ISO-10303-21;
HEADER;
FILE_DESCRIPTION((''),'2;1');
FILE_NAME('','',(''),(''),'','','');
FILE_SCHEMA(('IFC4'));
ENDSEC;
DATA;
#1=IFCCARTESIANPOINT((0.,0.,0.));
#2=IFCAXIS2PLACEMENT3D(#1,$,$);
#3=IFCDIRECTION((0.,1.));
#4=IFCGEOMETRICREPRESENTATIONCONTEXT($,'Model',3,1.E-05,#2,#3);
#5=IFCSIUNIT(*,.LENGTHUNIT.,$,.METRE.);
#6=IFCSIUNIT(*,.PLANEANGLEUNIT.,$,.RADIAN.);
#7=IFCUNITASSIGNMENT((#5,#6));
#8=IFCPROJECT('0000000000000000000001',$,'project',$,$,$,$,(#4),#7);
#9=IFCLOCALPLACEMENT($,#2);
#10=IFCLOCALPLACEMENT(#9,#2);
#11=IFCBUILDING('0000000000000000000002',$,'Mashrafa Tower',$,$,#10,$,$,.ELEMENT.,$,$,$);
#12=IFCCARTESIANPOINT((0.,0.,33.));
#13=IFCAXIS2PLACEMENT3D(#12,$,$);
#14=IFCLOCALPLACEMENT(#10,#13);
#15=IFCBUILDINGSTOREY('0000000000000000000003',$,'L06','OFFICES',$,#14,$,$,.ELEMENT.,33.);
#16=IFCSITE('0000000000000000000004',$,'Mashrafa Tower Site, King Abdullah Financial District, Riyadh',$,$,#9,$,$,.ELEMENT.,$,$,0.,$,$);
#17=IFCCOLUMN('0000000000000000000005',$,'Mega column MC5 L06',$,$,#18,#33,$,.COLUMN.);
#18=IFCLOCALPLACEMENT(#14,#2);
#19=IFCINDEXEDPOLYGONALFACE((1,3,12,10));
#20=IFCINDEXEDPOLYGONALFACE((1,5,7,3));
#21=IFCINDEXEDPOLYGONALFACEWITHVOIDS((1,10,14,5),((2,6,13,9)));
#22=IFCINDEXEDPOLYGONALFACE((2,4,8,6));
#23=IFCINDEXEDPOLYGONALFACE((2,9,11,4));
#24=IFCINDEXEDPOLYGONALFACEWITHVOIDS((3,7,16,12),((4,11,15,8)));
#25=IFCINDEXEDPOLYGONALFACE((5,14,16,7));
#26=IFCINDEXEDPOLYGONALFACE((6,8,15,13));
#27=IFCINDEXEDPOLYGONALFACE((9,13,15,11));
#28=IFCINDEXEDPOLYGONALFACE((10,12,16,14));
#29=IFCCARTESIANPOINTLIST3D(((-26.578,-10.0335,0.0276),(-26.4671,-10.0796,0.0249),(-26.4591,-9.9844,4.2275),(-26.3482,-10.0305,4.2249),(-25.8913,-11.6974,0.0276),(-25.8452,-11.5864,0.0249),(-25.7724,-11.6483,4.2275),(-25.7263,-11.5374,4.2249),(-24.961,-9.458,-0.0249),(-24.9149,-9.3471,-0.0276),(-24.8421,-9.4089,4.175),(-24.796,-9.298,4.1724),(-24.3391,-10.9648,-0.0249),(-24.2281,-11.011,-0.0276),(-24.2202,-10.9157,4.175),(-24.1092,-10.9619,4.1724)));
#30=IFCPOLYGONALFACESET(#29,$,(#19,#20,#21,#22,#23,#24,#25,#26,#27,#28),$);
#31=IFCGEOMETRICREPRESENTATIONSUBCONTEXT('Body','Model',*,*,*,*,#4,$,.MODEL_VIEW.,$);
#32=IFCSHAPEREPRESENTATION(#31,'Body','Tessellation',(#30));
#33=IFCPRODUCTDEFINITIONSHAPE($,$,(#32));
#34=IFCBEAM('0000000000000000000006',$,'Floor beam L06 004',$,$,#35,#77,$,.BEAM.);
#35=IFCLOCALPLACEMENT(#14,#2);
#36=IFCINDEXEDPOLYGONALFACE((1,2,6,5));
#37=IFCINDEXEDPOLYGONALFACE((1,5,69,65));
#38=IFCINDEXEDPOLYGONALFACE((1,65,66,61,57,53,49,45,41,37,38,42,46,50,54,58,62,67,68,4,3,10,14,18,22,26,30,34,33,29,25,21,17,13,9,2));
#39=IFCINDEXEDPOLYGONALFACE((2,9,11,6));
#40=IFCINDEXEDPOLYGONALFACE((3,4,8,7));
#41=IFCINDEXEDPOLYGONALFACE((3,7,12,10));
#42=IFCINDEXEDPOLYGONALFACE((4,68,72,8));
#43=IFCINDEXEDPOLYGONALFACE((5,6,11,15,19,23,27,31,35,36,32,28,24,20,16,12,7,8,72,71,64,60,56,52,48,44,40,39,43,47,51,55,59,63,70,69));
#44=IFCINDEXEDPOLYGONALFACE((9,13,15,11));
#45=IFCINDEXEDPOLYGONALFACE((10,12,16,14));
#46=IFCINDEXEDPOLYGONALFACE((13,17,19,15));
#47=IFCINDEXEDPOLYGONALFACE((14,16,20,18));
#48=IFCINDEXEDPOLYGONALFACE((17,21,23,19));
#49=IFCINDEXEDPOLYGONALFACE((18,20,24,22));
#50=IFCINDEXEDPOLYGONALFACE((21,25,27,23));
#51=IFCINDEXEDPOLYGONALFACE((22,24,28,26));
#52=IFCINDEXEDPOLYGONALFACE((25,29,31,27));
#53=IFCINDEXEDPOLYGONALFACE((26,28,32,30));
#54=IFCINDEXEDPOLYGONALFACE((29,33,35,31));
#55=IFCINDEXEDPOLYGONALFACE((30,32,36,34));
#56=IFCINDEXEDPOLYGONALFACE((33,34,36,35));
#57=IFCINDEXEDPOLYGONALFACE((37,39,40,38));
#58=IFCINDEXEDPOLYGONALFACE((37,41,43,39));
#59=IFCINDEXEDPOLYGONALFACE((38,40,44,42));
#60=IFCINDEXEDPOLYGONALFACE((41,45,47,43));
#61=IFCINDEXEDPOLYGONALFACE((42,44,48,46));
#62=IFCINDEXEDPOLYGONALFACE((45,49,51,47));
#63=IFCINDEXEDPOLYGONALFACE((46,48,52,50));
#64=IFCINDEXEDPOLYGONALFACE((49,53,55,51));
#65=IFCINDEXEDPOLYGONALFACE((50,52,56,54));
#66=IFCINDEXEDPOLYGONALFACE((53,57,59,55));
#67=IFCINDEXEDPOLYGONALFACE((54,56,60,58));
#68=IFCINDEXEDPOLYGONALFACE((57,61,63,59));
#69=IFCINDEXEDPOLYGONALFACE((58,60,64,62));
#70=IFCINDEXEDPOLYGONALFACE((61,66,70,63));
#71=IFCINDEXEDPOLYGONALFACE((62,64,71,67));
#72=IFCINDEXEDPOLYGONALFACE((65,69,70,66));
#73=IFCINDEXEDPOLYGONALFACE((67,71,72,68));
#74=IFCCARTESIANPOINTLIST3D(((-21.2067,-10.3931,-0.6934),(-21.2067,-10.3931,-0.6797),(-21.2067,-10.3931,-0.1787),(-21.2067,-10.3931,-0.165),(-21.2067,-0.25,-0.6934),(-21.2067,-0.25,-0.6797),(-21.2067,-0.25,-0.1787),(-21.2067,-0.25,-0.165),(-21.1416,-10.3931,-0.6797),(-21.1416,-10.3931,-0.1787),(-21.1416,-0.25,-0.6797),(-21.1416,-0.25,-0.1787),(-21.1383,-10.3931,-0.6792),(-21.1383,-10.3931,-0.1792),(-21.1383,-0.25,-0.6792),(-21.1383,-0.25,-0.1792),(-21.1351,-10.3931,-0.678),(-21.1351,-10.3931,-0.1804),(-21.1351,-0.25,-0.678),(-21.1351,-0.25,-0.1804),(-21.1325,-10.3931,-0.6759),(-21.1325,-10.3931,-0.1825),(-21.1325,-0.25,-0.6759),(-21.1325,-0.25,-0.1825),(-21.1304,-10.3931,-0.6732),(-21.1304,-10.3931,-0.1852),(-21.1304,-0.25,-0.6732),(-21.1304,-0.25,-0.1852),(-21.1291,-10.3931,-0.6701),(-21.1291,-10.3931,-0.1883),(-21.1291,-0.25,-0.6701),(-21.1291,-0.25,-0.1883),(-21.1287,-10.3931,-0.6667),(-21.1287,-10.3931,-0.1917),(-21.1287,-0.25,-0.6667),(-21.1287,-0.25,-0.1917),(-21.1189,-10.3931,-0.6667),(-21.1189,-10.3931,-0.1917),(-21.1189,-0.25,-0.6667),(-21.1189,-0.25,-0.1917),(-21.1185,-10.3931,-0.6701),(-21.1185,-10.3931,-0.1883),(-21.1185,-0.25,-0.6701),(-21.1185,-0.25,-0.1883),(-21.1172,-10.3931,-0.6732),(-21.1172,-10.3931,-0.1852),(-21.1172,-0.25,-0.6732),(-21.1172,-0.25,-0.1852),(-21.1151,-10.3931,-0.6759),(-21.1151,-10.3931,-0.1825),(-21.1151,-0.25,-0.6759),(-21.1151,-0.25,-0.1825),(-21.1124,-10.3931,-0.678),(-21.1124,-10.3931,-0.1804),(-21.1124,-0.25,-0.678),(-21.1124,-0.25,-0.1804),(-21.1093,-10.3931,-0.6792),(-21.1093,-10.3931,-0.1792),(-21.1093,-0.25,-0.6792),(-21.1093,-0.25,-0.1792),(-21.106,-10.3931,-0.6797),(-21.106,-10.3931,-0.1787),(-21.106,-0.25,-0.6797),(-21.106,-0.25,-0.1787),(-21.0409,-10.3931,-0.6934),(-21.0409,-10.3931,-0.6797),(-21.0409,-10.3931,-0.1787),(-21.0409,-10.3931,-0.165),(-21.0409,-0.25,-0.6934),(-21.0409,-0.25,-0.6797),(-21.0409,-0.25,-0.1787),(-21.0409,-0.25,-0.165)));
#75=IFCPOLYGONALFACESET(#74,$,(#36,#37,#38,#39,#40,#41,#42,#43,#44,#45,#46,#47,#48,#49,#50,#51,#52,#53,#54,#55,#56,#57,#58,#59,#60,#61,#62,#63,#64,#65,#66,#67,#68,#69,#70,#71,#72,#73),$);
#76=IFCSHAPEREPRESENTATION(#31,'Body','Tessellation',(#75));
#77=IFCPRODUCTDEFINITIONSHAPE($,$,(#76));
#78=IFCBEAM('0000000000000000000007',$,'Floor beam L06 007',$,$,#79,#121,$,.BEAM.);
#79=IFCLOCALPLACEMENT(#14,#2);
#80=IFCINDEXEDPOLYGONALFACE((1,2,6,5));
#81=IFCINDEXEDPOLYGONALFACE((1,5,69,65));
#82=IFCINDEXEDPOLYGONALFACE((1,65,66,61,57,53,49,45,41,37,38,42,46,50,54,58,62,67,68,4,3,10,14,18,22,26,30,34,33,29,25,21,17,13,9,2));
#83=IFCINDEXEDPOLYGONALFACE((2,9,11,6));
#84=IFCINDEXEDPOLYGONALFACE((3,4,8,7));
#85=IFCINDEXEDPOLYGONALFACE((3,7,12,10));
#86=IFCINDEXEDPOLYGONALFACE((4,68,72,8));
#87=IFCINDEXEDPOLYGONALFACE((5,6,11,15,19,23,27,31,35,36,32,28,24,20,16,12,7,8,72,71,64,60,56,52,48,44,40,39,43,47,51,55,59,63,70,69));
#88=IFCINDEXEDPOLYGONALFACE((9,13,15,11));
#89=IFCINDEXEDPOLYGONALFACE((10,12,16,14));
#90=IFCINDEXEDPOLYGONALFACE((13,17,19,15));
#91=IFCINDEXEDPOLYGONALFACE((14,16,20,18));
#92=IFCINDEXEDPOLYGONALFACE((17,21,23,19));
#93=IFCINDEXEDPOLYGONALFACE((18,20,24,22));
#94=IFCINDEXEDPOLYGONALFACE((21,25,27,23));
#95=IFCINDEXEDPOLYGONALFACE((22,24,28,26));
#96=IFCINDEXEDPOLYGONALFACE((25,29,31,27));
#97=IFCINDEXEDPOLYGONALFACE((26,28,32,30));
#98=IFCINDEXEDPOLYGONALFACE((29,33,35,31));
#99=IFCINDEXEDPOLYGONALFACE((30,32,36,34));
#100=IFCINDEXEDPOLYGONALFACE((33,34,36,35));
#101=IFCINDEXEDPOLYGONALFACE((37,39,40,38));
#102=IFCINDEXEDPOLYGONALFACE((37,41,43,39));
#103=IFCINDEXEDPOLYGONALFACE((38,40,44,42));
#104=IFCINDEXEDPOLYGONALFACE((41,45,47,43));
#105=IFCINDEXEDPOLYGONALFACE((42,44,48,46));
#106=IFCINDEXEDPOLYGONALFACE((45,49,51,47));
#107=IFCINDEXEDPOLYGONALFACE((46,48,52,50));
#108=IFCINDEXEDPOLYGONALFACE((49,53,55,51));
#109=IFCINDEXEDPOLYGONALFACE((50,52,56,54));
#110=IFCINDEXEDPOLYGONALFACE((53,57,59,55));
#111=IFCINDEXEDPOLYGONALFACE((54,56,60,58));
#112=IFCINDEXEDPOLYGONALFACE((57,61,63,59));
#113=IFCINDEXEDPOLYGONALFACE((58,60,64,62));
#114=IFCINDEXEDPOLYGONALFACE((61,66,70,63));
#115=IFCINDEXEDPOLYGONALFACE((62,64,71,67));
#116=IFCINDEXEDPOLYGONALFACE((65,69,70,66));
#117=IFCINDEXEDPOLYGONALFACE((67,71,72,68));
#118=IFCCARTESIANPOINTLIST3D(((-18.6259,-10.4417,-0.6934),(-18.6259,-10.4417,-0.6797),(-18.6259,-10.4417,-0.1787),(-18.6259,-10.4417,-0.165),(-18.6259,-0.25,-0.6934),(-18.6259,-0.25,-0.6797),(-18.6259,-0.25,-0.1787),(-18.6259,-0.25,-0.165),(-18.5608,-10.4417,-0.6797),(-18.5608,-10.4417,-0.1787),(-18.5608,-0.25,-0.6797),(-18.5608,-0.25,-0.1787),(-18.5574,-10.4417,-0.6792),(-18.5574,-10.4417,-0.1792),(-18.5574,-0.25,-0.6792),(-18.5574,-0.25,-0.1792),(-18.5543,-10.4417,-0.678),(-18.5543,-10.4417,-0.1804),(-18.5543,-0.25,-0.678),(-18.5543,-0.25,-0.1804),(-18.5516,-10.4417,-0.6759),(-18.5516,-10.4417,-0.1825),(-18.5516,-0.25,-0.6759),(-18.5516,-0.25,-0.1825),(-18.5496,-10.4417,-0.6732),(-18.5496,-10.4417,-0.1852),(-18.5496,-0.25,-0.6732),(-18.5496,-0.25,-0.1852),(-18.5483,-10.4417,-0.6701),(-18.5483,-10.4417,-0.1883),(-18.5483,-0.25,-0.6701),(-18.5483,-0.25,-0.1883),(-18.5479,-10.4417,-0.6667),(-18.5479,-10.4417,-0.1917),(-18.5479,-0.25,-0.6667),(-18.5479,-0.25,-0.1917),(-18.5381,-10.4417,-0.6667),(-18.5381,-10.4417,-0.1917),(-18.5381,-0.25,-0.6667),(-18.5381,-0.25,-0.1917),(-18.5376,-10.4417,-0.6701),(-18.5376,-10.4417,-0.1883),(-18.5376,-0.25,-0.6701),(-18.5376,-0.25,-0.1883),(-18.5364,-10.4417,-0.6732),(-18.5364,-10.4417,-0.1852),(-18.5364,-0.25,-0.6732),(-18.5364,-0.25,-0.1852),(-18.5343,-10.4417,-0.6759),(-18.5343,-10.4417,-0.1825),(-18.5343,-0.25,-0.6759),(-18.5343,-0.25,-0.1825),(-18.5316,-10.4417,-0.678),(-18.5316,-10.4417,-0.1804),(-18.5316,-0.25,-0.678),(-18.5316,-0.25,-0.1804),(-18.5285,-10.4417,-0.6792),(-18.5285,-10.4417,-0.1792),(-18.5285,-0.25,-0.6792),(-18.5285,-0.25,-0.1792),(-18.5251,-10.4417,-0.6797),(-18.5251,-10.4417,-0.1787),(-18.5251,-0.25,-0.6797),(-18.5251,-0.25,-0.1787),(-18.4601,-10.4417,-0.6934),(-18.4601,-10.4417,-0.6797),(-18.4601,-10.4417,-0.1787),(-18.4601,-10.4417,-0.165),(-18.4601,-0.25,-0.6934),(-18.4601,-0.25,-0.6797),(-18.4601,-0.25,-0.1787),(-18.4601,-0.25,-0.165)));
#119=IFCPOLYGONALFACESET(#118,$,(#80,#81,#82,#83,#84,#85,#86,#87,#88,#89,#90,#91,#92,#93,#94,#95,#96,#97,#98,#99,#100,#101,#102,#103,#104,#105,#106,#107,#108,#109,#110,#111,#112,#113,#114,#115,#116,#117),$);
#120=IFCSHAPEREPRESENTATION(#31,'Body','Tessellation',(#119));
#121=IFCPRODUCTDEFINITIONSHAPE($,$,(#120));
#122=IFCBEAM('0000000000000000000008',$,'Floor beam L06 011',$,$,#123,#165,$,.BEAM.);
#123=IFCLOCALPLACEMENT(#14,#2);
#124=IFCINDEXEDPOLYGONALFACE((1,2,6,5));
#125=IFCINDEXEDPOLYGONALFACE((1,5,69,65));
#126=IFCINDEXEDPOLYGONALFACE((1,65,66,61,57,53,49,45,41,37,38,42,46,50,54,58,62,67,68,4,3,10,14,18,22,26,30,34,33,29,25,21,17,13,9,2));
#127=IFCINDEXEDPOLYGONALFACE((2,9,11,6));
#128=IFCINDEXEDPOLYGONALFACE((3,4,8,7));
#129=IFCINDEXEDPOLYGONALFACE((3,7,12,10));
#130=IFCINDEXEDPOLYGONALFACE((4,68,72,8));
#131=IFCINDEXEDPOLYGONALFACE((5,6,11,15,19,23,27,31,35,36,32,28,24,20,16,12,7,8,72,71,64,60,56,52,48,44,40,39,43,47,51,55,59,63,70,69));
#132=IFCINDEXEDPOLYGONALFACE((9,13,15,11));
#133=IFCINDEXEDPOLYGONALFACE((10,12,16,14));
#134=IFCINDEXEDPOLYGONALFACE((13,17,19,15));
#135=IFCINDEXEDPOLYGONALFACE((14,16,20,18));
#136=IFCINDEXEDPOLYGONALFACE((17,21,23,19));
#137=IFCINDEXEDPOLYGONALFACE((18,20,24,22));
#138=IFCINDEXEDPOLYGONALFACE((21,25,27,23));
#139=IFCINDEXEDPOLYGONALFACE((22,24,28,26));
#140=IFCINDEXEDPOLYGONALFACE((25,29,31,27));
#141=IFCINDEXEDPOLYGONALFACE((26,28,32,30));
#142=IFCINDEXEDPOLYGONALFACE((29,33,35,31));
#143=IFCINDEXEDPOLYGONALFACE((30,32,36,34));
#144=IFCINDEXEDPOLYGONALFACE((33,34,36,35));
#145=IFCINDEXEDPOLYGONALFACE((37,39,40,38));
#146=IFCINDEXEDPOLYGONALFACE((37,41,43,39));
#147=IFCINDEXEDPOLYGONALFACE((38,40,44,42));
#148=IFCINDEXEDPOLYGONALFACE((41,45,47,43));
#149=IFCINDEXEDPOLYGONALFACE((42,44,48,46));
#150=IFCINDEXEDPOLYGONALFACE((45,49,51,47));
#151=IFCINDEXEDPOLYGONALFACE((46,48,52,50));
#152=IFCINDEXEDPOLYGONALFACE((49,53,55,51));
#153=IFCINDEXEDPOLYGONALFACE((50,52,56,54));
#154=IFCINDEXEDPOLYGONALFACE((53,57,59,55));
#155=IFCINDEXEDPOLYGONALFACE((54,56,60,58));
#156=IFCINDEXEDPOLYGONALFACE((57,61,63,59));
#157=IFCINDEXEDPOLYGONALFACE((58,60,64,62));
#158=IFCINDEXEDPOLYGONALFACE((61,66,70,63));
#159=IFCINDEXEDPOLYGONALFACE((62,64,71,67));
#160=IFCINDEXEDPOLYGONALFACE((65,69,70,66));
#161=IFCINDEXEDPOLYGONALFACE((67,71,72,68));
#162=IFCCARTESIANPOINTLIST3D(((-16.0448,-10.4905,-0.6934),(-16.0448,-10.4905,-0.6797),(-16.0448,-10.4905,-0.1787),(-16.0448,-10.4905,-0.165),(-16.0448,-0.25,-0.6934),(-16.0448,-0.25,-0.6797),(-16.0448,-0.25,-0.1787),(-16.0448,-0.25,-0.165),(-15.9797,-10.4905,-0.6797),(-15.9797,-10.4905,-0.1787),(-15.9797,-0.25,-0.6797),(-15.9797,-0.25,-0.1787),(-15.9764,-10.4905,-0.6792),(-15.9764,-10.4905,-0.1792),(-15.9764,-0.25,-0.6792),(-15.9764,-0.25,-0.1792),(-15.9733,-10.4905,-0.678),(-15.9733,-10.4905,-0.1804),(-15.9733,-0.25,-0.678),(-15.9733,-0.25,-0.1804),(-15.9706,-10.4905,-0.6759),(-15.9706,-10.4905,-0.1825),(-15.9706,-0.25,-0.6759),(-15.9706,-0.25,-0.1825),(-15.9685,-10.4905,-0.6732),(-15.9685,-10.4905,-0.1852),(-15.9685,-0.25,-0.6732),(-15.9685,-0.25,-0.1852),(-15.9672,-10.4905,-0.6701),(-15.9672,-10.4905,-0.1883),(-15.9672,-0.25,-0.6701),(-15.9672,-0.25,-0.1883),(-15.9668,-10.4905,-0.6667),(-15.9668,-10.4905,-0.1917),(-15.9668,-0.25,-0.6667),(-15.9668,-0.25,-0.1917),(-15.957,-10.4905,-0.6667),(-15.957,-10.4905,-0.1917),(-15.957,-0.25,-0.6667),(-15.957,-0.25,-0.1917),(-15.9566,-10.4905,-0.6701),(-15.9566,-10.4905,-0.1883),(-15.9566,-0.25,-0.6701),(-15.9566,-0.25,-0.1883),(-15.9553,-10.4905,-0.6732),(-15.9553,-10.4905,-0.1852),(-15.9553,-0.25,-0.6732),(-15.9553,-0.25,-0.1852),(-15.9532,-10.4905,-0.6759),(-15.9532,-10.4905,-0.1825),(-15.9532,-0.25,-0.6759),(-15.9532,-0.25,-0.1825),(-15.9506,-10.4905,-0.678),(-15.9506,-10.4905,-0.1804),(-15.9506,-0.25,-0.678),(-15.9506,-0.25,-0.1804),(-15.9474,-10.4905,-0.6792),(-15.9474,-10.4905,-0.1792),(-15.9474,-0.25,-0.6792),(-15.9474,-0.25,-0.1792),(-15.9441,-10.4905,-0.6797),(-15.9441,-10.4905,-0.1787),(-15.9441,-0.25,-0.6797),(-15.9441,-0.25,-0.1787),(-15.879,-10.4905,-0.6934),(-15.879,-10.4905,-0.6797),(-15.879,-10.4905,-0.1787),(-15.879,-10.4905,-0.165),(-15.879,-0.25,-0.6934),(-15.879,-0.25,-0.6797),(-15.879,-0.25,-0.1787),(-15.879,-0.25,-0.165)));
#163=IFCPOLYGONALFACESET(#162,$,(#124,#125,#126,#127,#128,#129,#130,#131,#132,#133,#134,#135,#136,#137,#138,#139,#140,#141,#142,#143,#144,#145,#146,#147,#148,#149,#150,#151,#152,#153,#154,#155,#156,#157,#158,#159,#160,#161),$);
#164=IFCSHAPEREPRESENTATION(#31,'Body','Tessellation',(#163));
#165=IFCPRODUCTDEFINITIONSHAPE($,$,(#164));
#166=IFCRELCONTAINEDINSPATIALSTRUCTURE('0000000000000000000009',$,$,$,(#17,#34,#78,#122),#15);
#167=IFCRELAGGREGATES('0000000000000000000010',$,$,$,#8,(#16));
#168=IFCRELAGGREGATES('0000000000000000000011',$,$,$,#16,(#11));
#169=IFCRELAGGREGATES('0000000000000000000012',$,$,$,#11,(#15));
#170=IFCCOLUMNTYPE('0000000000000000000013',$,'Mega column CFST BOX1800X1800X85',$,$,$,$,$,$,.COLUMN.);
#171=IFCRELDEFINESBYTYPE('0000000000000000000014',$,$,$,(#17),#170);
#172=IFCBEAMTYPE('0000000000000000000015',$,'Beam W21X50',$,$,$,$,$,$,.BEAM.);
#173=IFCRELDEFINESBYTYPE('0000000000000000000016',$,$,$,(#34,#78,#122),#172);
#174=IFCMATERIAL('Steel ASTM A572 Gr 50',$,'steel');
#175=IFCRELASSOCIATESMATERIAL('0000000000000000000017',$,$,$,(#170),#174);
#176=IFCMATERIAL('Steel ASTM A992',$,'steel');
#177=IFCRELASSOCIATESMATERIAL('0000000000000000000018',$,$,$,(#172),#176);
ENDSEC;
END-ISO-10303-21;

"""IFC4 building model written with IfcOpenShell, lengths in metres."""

from ifc_helpers import new_model, si_unit, direction, frame, origin, origin_2d, place, context, subcontext, project, spatial, hollow_rectangle, i_section, extrude, material, material_profile, profile_set, type_object, element, save


model = new_model("IFC4")

# Units and contexts
model_context = context("Model", 3, precision=1e-05, world=origin(), true_north=direction((0.0, 1.0)))
body_context = subcontext(model_context, "Body", "Model", "MODEL_VIEW")
ifc_project = project(units=[si_unit("LENGTHUNIT", "METRE"), si_unit("PLANEANGLEUNIT", "RADIAN")], contexts=[model_context])

# Site, building, storey
site_placement = place(None, origin())
site = spatial("IfcSite", under=ifc_project, at=site_placement, Name="Mashrafa Tower Site, King Abdullah Financial District, Riyadh", CompositionType="ELEMENT", RefElevation=0.0)
building_placement = place(site_placement, origin())
building = spatial("IfcBuilding", under=site, at=building_placement, Name="Mashrafa Tower", CompositionType="ELEMENT")
storey_placement = place(building_placement, frame((0.0, 0.0, 33.0)))
storey = spatial("IfcBuildingStorey", under=building, at=storey_placement, Name="L06", Description="OFFICES", CompositionType="ELEMENT", Elevation=33.0)

# Column
ifc_material_1 = material(Name="Steel ASTM A572 Gr 50", Category="steel")
ifc_material_profile_1 = material_profile(ifc_material_1, hollow_rectangle(XDim=1.8, YDim=1.8, WallThickness=0.085, at=origin_2d()), Name="BOX1800X1800X85")
ifc_profile_set_1 = profile_set([ifc_material_profile_1], Name="Steel ASTM A572 Gr 50")
column_type = type_object("IfcColumnType", Name="Mega column CFST BOX1800X1800X85", PredefinedType="COLUMN", material=ifc_profile_set_1)
column_placement = place(storey_placement, frame((-25.4031, -10.5222, 0.0), z_axis=(0.028296, 0.011679, 0.999531), x_axis=(-0.381513, 0.924363, 0.0)))
element("IfcColumn", 1, at=column_placement, inside=storey, type_object=column_type, Name="Mega column MC5 L06", PredefinedType="COLUMN", context=body_context, shape_type="SweptSolid", body=[
    extrude(hollow_rectangle(XDim=1.8, YDim=1.8, WallThickness=0.085, at=origin_2d()), origin(), (0.0, 0.0, 1.0), 4.2019),
])

# Beams
ifc_material_2 = material(Name="Steel ASTM A992", Category="steel")
ifc_material_profile_2 = material_profile(ifc_material_2, i_section(OverallWidth=0.1658, OverallDepth=0.5283, WebThickness=0.0098, FlangeThickness=0.0137, FilletRadius=0.0129, at=origin_2d()), Name="W21X50")
ifc_profile_set_2 = profile_set([ifc_material_profile_2], Name="Steel ASTM A992")
beam_type_1 = type_object("IfcBeamType", Name="Beam W21X50", PredefinedType="BEAM", material=ifc_profile_set_2)
beam_1_placement = place(storey_placement, frame((-21.1238, -10.3931, -0.4292), z_axis=(0.0, 1.0, 0.0), x_axis=(-1.0, 0.0, 0.0)))
element("IfcBeam", 2, at=beam_1_placement, inside=storey, type_object=beam_type_1, Name="Floor beam L06 004", PredefinedType="BEAM", context=body_context, shape_type="SweptSolid", body=[
    extrude(i_section(OverallWidth=0.1658, OverallDepth=0.5283, WebThickness=0.0098, FlangeThickness=0.0137, FilletRadius=0.0129, at=origin_2d()), origin(), (0.0, 0.0, 1.0), 10.1431),
])
beam_2_placement = place(storey_placement, frame((-18.543, -10.4417, -0.4292), z_axis=(0.0, 1.0, 0.0), x_axis=(-1.0, 0.0, 0.0)))
element("IfcBeam", 3, at=beam_2_placement, inside=storey, type_object=beam_type_1, Name="Floor beam L06 007", PredefinedType="BEAM", context=body_context, shape_type="SweptSolid", body=[
    extrude(i_section(OverallWidth=0.1658, OverallDepth=0.5283, WebThickness=0.0098, FlangeThickness=0.0137, FilletRadius=0.0129, at=origin_2d()), origin(), (0.0, 0.0, 1.0), 10.1917),
])
beam_3_placement = place(storey_placement, frame((-15.9619, -10.4905, -0.4292), z_axis=(0.0, 1.0, 0.0), x_axis=(-1.0, 0.0, 0.0)))
element("IfcBeam", 4, at=beam_3_placement, inside=storey, type_object=beam_type_1, Name="Floor beam L06 011", PredefinedType="BEAM", context=body_context, shape_type="SweptSolid", body=[
    extrude(i_section(OverallWidth=0.1658, OverallDepth=0.5283, WebThickness=0.0098, FlangeThickness=0.0137, FilletRadius=0.0129, at=origin_2d()), origin(), (0.0, 0.0, 1.0), 10.2405),
])

save(model, "model.ifc")
